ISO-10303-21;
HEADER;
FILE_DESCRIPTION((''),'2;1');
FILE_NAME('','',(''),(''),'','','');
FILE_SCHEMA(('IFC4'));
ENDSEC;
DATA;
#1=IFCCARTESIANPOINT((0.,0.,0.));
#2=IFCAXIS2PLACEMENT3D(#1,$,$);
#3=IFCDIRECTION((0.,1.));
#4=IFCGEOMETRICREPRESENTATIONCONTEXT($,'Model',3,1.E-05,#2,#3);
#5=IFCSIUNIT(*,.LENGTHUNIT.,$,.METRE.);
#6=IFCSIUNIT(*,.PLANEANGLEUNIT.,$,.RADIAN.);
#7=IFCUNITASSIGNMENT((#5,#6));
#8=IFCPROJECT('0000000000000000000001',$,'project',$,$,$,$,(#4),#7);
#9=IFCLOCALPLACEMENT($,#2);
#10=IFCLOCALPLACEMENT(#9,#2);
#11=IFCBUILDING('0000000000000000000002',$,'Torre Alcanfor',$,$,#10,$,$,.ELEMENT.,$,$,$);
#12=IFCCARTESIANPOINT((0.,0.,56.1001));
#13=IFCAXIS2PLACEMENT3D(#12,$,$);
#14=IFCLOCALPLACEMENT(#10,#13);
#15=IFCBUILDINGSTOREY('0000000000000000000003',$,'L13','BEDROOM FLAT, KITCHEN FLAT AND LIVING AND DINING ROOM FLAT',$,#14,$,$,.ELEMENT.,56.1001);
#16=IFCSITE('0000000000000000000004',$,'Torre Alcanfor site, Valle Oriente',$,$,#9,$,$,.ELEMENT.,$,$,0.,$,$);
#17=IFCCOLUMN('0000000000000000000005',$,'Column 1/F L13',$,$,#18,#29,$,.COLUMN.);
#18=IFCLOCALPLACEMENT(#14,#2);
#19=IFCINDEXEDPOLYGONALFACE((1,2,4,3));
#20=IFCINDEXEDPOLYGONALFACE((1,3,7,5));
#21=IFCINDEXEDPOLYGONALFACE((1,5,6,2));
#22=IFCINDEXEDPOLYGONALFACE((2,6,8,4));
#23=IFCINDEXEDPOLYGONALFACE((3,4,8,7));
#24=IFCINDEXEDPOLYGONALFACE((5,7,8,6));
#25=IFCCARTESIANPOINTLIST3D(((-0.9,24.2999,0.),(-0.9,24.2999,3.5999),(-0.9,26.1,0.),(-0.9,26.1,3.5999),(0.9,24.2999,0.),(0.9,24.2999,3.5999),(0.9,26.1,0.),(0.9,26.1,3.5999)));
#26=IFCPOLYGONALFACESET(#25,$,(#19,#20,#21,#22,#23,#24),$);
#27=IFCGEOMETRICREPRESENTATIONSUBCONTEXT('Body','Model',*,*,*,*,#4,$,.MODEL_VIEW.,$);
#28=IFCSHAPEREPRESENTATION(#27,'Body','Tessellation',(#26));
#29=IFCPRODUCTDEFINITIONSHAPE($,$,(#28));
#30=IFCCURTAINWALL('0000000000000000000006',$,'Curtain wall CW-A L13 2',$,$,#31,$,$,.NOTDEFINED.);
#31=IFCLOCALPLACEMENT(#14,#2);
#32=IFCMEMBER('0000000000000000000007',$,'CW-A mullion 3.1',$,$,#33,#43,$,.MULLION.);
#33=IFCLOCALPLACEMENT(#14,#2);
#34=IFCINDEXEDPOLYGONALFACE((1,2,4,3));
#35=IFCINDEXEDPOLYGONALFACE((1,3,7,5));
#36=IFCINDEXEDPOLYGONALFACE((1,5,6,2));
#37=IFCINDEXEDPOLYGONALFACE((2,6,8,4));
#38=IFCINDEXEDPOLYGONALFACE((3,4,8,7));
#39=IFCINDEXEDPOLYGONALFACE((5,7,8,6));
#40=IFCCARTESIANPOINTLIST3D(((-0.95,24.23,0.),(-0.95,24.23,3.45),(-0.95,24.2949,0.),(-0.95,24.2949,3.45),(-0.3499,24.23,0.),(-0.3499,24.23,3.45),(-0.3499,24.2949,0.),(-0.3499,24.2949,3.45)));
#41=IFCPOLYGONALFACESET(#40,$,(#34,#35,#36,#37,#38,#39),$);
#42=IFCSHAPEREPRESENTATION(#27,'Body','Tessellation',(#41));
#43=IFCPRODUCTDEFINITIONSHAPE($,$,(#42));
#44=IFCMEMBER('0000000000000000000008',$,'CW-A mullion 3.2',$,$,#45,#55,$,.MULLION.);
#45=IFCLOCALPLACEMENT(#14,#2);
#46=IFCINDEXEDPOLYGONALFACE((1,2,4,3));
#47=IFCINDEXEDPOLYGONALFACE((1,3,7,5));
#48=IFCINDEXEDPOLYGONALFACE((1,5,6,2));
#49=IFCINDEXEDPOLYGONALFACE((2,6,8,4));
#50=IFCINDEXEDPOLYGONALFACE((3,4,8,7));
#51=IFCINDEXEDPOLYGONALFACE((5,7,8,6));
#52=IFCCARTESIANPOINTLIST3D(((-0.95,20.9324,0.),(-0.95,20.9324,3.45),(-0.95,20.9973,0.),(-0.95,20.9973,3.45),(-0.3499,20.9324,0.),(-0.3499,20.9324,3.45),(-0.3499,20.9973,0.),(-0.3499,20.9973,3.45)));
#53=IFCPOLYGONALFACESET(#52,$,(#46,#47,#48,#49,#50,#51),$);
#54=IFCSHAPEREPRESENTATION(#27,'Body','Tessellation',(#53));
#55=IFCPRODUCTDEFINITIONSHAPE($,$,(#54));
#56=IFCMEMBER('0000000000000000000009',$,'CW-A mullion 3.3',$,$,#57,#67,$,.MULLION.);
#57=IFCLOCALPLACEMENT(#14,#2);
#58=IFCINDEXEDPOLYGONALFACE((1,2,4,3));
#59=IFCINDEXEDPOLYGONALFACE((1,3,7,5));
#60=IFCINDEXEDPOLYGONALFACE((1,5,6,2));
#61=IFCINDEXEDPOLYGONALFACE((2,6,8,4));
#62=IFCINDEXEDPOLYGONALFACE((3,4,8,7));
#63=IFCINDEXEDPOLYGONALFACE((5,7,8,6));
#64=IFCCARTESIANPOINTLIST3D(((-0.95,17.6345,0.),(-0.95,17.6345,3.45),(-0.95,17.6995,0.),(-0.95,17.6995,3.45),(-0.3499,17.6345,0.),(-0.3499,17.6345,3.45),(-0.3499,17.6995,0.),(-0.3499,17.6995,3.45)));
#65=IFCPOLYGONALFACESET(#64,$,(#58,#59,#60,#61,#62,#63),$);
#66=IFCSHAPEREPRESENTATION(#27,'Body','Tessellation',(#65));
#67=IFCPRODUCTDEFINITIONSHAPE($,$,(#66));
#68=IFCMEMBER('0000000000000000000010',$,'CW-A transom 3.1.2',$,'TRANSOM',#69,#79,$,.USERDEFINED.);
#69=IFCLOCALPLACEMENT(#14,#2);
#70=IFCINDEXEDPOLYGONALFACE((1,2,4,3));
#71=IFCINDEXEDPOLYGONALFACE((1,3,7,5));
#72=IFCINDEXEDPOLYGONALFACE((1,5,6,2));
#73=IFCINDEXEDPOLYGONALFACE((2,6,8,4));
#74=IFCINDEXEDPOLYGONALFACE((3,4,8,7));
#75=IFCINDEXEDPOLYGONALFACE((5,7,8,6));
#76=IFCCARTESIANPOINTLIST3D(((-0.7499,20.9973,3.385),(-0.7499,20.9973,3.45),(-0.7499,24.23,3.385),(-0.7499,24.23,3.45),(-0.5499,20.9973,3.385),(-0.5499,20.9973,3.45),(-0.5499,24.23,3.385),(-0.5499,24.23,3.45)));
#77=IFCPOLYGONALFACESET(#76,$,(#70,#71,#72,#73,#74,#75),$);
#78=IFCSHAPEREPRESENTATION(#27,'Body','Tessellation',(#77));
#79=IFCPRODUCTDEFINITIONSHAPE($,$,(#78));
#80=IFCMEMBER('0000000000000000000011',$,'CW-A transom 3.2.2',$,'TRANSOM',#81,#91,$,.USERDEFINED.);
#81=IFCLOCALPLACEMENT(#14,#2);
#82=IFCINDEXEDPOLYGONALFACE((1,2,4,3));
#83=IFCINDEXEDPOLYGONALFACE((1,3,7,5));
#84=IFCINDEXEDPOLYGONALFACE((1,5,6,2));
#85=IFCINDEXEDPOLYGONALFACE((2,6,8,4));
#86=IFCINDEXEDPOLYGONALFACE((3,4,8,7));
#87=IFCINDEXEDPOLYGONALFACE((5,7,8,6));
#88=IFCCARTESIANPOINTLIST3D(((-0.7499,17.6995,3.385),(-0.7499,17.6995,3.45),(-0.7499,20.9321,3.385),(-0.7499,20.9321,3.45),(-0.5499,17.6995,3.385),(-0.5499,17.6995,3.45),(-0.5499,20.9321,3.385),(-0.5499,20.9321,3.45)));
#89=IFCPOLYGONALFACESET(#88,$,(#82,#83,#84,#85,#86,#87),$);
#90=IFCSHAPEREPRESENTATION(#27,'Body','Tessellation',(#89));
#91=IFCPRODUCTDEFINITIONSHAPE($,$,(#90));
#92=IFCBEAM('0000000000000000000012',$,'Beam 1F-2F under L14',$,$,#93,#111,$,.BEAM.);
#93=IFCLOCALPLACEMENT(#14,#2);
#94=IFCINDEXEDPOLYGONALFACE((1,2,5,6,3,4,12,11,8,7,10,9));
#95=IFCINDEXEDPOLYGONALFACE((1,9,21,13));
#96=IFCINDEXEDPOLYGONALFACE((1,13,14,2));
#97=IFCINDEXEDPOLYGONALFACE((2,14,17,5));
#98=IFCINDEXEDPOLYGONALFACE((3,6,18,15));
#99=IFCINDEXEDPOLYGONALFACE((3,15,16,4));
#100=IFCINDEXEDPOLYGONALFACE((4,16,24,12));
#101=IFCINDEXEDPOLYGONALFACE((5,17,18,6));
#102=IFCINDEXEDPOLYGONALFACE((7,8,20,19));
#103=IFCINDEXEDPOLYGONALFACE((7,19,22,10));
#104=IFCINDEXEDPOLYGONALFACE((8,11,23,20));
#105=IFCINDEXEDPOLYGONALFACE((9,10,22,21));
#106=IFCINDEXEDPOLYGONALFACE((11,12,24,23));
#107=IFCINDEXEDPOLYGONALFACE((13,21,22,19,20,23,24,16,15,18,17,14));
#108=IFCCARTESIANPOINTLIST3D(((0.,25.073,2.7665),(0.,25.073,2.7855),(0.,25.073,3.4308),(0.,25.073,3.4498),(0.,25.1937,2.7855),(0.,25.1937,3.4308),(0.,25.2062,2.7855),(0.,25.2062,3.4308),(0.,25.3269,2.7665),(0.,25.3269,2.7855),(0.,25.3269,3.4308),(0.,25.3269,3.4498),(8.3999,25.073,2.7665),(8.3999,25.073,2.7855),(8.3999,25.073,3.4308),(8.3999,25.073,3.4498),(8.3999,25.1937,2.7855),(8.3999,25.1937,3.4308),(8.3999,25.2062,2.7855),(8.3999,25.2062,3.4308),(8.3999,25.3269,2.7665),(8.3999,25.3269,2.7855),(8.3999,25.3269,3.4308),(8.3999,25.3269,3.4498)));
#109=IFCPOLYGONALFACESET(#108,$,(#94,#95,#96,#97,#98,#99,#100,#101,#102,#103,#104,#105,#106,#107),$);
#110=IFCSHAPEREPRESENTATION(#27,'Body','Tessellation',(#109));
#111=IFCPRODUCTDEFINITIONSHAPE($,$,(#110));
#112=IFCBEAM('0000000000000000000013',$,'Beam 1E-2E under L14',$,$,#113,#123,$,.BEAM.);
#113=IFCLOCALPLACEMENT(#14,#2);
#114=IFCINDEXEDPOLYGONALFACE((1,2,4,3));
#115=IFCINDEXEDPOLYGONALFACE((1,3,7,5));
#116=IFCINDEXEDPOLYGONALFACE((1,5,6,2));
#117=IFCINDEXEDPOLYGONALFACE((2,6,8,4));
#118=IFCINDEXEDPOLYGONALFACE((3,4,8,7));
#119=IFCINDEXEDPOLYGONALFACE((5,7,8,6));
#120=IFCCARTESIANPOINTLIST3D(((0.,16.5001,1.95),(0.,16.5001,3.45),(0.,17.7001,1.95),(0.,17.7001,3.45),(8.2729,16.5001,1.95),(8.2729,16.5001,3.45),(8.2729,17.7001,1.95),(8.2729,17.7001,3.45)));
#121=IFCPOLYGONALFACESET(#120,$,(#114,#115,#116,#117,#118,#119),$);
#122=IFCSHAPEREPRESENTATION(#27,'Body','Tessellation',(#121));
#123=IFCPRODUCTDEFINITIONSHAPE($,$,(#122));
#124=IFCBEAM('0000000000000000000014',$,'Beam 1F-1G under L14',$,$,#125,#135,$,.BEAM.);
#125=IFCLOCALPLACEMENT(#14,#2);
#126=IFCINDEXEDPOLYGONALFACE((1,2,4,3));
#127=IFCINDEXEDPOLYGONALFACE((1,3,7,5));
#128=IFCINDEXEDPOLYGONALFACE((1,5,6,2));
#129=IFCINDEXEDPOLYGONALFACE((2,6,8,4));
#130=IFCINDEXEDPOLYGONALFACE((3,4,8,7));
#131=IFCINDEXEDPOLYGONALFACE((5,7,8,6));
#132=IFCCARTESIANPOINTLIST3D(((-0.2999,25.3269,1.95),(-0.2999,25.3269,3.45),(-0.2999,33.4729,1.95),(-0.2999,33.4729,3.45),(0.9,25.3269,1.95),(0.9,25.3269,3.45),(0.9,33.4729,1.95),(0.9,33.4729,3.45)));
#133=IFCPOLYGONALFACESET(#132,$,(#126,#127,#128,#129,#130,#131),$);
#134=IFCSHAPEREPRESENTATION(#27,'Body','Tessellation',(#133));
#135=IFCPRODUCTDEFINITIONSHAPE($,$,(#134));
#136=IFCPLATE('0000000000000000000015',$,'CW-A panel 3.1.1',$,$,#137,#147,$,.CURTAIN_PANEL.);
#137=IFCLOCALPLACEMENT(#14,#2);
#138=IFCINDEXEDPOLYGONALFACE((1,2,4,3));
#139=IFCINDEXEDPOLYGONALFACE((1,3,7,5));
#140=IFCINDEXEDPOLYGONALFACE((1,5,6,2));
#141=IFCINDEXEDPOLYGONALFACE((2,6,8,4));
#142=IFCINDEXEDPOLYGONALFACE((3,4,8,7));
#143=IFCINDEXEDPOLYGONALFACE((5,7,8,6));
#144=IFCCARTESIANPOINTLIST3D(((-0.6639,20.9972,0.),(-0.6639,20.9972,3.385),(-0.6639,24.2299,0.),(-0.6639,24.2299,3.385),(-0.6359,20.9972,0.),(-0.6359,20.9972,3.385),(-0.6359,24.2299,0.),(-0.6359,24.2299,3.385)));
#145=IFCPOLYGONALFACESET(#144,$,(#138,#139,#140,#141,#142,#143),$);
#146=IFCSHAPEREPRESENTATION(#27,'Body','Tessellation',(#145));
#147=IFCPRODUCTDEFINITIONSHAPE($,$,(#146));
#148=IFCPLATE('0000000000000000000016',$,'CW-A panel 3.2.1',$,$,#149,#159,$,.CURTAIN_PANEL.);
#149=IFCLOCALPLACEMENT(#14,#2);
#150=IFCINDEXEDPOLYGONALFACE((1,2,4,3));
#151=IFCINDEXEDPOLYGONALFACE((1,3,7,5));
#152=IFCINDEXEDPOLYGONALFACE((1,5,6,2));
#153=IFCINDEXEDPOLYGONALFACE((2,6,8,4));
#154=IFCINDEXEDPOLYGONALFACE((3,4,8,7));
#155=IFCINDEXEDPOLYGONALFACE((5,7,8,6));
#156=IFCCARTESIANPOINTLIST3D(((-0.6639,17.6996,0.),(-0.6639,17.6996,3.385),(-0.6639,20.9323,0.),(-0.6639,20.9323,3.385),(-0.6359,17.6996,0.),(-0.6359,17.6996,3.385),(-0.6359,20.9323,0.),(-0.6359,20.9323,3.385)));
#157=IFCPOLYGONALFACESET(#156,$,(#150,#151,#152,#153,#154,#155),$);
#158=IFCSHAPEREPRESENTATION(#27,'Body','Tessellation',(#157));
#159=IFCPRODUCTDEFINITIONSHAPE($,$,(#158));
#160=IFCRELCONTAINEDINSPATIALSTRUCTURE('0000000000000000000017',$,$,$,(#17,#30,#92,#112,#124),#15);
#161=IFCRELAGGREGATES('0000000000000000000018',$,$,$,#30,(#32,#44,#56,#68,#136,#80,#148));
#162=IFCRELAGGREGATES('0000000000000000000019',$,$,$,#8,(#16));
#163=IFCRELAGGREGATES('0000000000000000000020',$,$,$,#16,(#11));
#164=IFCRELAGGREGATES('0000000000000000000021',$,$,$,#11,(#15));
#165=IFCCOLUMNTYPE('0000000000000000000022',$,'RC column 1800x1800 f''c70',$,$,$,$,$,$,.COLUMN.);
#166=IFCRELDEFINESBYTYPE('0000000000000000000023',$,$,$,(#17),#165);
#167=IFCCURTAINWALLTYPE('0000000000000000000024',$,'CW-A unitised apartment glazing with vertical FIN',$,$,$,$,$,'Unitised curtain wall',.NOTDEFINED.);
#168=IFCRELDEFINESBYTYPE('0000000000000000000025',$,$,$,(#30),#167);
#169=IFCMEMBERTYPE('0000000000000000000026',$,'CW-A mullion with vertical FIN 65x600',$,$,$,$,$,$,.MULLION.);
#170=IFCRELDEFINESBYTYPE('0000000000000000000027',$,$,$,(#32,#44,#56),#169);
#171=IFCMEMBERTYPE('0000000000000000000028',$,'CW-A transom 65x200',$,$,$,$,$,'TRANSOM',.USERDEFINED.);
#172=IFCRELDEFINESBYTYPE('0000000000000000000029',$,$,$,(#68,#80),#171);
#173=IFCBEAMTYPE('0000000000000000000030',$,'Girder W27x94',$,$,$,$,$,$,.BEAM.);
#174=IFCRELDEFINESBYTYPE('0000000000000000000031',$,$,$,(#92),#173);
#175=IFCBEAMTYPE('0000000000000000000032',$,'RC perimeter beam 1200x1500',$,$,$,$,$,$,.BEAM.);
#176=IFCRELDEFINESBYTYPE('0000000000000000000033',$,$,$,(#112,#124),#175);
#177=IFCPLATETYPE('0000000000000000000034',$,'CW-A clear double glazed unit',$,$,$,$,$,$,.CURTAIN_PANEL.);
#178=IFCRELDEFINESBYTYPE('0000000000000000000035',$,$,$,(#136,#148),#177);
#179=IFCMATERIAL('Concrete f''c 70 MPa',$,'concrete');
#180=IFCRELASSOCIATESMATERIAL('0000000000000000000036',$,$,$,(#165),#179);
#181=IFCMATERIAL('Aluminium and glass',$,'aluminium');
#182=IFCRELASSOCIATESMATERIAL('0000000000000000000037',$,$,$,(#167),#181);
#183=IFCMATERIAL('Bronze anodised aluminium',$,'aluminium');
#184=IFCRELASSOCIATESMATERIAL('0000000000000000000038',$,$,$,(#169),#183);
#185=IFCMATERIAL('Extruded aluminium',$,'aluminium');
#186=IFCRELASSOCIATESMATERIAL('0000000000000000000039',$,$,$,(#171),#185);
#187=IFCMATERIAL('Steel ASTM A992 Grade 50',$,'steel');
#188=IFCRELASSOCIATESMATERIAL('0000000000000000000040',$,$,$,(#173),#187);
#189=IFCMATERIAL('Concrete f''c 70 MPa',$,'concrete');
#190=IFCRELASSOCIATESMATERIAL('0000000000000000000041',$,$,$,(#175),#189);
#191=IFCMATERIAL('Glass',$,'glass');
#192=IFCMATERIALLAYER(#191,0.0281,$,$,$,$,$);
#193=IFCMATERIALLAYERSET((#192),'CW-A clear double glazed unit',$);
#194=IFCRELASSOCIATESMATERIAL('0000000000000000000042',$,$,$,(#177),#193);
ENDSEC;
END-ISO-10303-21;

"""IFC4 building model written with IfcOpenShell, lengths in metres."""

from ifc_helpers import new_model, si_unit, direction, frame, origin, origin_2d, place, context, subcontext, project, spatial, rectangle, i_section, extrude, material, layer, layer_set, material_profile, profile_set, type_object, element, aggregate, save


model = new_model("IFC4")

# Units and contexts
model_context = context("Model", 3, precision=1e-05, world=origin(), true_north=direction((0.0, 1.0)))
body_context = subcontext(model_context, "Body", "Model", "MODEL_VIEW")
ifc_project = project(units=[si_unit("LENGTHUNIT", "METRE"), si_unit("PLANEANGLEUNIT", "RADIAN")], contexts=[model_context])

# Site, building, storey
site_placement = place(None, origin())
site = spatial("IfcSite", under=ifc_project, at=site_placement, Name="Torre Alcanfor site, Valle Oriente", CompositionType="ELEMENT", RefElevation=0.0)
building_placement = place(site_placement, origin())
building = spatial("IfcBuilding", under=site, at=building_placement, Name="Torre Alcanfor", CompositionType="ELEMENT")
storey_placement = place(building_placement, frame((0.0, 0.0, 56.1001)))
storey = spatial("IfcBuildingStorey", under=building, at=storey_placement, Name="L13", Description="BEDROOM FLAT, KITCHEN FLAT AND LIVING AND DINING ROOM FLAT", CompositionType="ELEMENT", Elevation=56.1001)

# Column
ifc_material_1 = material(Name="Concrete f'c 70 MPa", Category="concrete")
ifc_material_profile_1 = material_profile(ifc_material_1, rectangle(XDim=1.8, YDim=1.8, at=origin_2d()), Name="1800x1800")
ifc_profile_set_1 = profile_set([ifc_material_profile_1], Name="Concrete f'c 70 MPa")
column_type = type_object("IfcColumnType", Name="RC column 1800x1800 f'c70", PredefinedType="COLUMN", material=ifc_profile_set_1)
column_placement = place(storey_placement, frame((0.0, 25.2, 0.0), z_axis=(0.0, 0.0, 1.0), x_axis=(1.0, 0.0, 0.0)))
element("IfcColumn", 1, at=column_placement, inside=storey, type_object=column_type, Name="Column 1/F L13", PredefinedType="COLUMN", context=body_context, shape_type="SweptSolid", body=[
    extrude(rectangle(XDim=1.8, YDim=1.8, at=origin_2d()), origin(), (0.0, 0.0, 1.0), 3.5999),
])

# Curtain wall, members
ifc_material_2 = material(Name="Aluminium and glass", Category="aluminium")
curtain_wall_type = type_object("IfcCurtainWallType", Name="CW-A unitised apartment glazing with vertical FIN", ElementType="Unitised curtain wall", PredefinedType="NOTDEFINED", material=ifc_material_2)
curtain_wall_placement = place(storey_placement, origin())
curtain_wall = element("IfcCurtainWall", 2, at=curtain_wall_placement, inside=storey, type_object=curtain_wall_type, Name="Curtain wall CW-A L13 2", PredefinedType="NOTDEFINED")
ifc_material_3 = material(Name="Bronze anodised aluminium", Category="aluminium")
ifc_material_profile_2 = material_profile(ifc_material_3, rectangle(XDim=0.6001, YDim=0.0649, at=origin_2d()), Name="CW-A mullion 65x600")
ifc_profile_set_2 = profile_set([ifc_material_profile_2], Name="Bronze anodised aluminium")
member_type_1 = type_object("IfcMemberType", Name="CW-A mullion with vertical FIN 65x600", PredefinedType="MULLION", material=ifc_profile_set_2)
member_1_placement = place(storey_placement, frame((-0.6499, 24.2625, 0.0), z_axis=(0.0, 0.0, 1.0), x_axis=(1.0, 0.0, 0.0)))
member_1 = element("IfcMember", 3, at=member_1_placement, type_object=member_type_1, Name="CW-A mullion 3.1", PredefinedType="MULLION", context=body_context, shape_type="SweptSolid", body=[
    extrude(rectangle(XDim=0.6001, YDim=0.0649, at=origin_2d()), origin(), (0.0, 0.0, 1.0), 3.45),
])
member_2_placement = place(storey_placement, frame((-0.6499, 20.9648, 0.0), z_axis=(0.0, 0.0, 1.0), x_axis=(1.0, 0.0, 0.0)))
member_2 = element("IfcMember", 4, at=member_2_placement, type_object=member_type_1, Name="CW-A mullion 3.2", PredefinedType="MULLION", context=body_context, shape_type="SweptSolid", body=[
    extrude(rectangle(XDim=0.6001, YDim=0.0649, at=origin_2d()), origin(), (0.0, 0.0, 1.0), 3.45),
])
member_3_placement = place(storey_placement, frame((-0.6499, 17.667, 0.0), z_axis=(0.0, 0.0, 1.0), x_axis=(1.0, 0.0, 0.0)))
member_3 = element("IfcMember", 5, at=member_3_placement, type_object=member_type_1, Name="CW-A mullion 3.3", PredefinedType="MULLION", context=body_context, shape_type="SweptSolid", body=[
    extrude(rectangle(XDim=0.6001, YDim=0.0649, at=origin_2d()), origin(), (0.0, 0.0, 1.0), 3.45),
])
ifc_material_4 = material(Name="Extruded aluminium", Category="aluminium")
ifc_material_profile_3 = material_profile(ifc_material_4, rectangle(XDim=0.2, YDim=0.0649, at=origin_2d()), Name="CW-A transom 200x65")
ifc_profile_set_3 = profile_set([ifc_material_profile_3], Name="Extruded aluminium")
member_type_2 = type_object("IfcMemberType", Name="CW-A transom 65x200", ElementType="TRANSOM", PredefinedType="USERDEFINED", material=ifc_profile_set_3)
member_4_placement = place(storey_placement, frame((-0.6499, 24.23, 3.4175), z_axis=(0.0, -1.0, 0.0), x_axis=(1.0, 0.0, 0.0)))
member_4 = element("IfcMember", 6, at=member_4_placement, type_object=member_type_2, Name="CW-A transom 3.1.2", ObjectType="TRANSOM", PredefinedType="USERDEFINED", context=body_context, shape_type="SweptSolid", body=[
    extrude(rectangle(XDim=0.2, YDim=0.0649, at=origin_2d()), origin(), (0.0, 0.0, 1.0), 3.2327),
])
member_5_placement = place(storey_placement, frame((-0.6499, 20.9321, 3.4175), z_axis=(0.0, -1.0, 0.0), x_axis=(1.0, 0.0, 0.0)))
member_5 = element("IfcMember", 7, at=member_5_placement, type_object=member_type_2, Name="CW-A transom 3.2.2", ObjectType="TRANSOM", PredefinedType="USERDEFINED", context=body_context, shape_type="SweptSolid", body=[
    extrude(rectangle(XDim=0.2, YDim=0.0649, at=origin_2d()), origin(), (0.0, 0.0, 1.0), 3.2327),
])

# Beams
ifc_material_5 = material(Name="Steel ASTM A992 Grade 50", Category="steel")
ifc_material_profile_4 = material_profile(ifc_material_5, i_section(OverallWidth=0.2539, OverallDepth=0.6833, WebThickness=0.0125, FlangeThickness=0.019, at=origin_2d()), Name="W27x94")
ifc_profile_set_4 = profile_set([ifc_material_profile_4], Name="Steel ASTM A992 Grade 50")
beam_type_1 = type_object("IfcBeamType", Name="Girder W27x94", PredefinedType="BEAM", material=ifc_profile_set_4)
beam_1_placement = place(storey_placement, frame((0.0, 25.2, 3.1082), z_axis=(1.0, 0.0, 0.0), x_axis=(0.0, 1.0, 0.0)))
element("IfcBeam", 8, at=beam_1_placement, inside=storey, type_object=beam_type_1, Name="Beam 1F-2F under L14", PredefinedType="BEAM", context=body_context, shape_type="SweptSolid", body=[
    extrude(i_section(OverallWidth=0.2539, OverallDepth=0.6833, WebThickness=0.0125, FlangeThickness=0.019, at=origin_2d()), origin(), (0.0, 0.0, 1.0), 8.3999),
])
ifc_material_6 = material(Name="Concrete f'c 70 MPa", Category="concrete")
ifc_material_profile_5 = material_profile(ifc_material_6, rectangle(XDim=1.2, YDim=1.5, at=origin_2d()), Name="1200x1500")
ifc_profile_set_5 = profile_set([ifc_material_profile_5], Name="Concrete f'c 70 MPa")
beam_type_2 = type_object("IfcBeamType", Name="RC perimeter beam 1200x1500", PredefinedType="BEAM", material=ifc_profile_set_5)
beam_2_placement = place(storey_placement, frame((0.0, 17.1001, 2.7), z_axis=(1.0, 0.0, 0.0), x_axis=(0.0, 1.0, 0.0)))
element("IfcBeam", 9, at=beam_2_placement, inside=storey, type_object=beam_type_2, Name="Beam 1E-2E under L14", PredefinedType="BEAM", context=body_context, shape_type="SweptSolid", body=[
    extrude(rectangle(XDim=1.2, YDim=1.5, at=origin_2d()), origin(), (0.0, 0.0, 1.0), 8.2729),
])
beam_3_placement = place(storey_placement, frame((0.3, 25.3269, 2.7), z_axis=(0.0, 1.0, 0.0), x_axis=(-1.0, 0.0, 0.0)))
element("IfcBeam", 10, at=beam_3_placement, inside=storey, type_object=beam_type_2, Name="Beam 1F-1G under L14", PredefinedType="BEAM", context=body_context, shape_type="SweptSolid", body=[
    extrude(rectangle(XDim=1.2, YDim=1.5, at=origin_2d()), origin(), (0.0, 0.0, 1.0), 8.146),
])

# Plates
ifc_material_7 = material(Name="Glass", Category="glass")
ifc_layer_1 = layer(ifc_material_7, 0.0281)
ifc_layer_set_1 = layer_set([ifc_layer_1], Name="CW-A clear double glazed unit")
plate_type = type_object("IfcPlateType", Name="CW-A clear double glazed unit", PredefinedType="CURTAIN_PANEL", material=ifc_layer_set_1)
plate_1_placement = place(storey_placement, frame((-0.6499, 22.6135, 0.0), z_axis=(0.0, 0.0, 1.0), x_axis=(0.0, -1.0, 0.0)))
plate_1 = element("IfcPlate", 11, at=plate_1_placement, type_object=plate_type, Name="CW-A panel 3.1.1", PredefinedType="CURTAIN_PANEL", context=body_context, shape_type="SweptSolid", body=[
    extrude(rectangle(XDim=3.2327, YDim=0.0281, at=origin_2d()), origin(), (0.0, 0.0, 1.0), 3.385),
])
plate_2_placement = place(storey_placement, frame((-0.6499, 19.3159, 0.0), z_axis=(0.0, 0.0, 1.0), x_axis=(0.0, -1.0, 0.0)))
plate_2 = element("IfcPlate", 12, at=plate_2_placement, type_object=plate_type, Name="CW-A panel 3.2.1", PredefinedType="CURTAIN_PANEL", context=body_context, shape_type="SweptSolid", body=[
    extrude(rectangle(XDim=3.2327, YDim=0.0281, at=origin_2d()), origin(), (0.0, 0.0, 1.0), 3.385),
])
aggregate(curtain_wall, [member_1, member_2, member_3, member_4, plate_1, member_5, plate_2])

save(model, "model.ifc")
